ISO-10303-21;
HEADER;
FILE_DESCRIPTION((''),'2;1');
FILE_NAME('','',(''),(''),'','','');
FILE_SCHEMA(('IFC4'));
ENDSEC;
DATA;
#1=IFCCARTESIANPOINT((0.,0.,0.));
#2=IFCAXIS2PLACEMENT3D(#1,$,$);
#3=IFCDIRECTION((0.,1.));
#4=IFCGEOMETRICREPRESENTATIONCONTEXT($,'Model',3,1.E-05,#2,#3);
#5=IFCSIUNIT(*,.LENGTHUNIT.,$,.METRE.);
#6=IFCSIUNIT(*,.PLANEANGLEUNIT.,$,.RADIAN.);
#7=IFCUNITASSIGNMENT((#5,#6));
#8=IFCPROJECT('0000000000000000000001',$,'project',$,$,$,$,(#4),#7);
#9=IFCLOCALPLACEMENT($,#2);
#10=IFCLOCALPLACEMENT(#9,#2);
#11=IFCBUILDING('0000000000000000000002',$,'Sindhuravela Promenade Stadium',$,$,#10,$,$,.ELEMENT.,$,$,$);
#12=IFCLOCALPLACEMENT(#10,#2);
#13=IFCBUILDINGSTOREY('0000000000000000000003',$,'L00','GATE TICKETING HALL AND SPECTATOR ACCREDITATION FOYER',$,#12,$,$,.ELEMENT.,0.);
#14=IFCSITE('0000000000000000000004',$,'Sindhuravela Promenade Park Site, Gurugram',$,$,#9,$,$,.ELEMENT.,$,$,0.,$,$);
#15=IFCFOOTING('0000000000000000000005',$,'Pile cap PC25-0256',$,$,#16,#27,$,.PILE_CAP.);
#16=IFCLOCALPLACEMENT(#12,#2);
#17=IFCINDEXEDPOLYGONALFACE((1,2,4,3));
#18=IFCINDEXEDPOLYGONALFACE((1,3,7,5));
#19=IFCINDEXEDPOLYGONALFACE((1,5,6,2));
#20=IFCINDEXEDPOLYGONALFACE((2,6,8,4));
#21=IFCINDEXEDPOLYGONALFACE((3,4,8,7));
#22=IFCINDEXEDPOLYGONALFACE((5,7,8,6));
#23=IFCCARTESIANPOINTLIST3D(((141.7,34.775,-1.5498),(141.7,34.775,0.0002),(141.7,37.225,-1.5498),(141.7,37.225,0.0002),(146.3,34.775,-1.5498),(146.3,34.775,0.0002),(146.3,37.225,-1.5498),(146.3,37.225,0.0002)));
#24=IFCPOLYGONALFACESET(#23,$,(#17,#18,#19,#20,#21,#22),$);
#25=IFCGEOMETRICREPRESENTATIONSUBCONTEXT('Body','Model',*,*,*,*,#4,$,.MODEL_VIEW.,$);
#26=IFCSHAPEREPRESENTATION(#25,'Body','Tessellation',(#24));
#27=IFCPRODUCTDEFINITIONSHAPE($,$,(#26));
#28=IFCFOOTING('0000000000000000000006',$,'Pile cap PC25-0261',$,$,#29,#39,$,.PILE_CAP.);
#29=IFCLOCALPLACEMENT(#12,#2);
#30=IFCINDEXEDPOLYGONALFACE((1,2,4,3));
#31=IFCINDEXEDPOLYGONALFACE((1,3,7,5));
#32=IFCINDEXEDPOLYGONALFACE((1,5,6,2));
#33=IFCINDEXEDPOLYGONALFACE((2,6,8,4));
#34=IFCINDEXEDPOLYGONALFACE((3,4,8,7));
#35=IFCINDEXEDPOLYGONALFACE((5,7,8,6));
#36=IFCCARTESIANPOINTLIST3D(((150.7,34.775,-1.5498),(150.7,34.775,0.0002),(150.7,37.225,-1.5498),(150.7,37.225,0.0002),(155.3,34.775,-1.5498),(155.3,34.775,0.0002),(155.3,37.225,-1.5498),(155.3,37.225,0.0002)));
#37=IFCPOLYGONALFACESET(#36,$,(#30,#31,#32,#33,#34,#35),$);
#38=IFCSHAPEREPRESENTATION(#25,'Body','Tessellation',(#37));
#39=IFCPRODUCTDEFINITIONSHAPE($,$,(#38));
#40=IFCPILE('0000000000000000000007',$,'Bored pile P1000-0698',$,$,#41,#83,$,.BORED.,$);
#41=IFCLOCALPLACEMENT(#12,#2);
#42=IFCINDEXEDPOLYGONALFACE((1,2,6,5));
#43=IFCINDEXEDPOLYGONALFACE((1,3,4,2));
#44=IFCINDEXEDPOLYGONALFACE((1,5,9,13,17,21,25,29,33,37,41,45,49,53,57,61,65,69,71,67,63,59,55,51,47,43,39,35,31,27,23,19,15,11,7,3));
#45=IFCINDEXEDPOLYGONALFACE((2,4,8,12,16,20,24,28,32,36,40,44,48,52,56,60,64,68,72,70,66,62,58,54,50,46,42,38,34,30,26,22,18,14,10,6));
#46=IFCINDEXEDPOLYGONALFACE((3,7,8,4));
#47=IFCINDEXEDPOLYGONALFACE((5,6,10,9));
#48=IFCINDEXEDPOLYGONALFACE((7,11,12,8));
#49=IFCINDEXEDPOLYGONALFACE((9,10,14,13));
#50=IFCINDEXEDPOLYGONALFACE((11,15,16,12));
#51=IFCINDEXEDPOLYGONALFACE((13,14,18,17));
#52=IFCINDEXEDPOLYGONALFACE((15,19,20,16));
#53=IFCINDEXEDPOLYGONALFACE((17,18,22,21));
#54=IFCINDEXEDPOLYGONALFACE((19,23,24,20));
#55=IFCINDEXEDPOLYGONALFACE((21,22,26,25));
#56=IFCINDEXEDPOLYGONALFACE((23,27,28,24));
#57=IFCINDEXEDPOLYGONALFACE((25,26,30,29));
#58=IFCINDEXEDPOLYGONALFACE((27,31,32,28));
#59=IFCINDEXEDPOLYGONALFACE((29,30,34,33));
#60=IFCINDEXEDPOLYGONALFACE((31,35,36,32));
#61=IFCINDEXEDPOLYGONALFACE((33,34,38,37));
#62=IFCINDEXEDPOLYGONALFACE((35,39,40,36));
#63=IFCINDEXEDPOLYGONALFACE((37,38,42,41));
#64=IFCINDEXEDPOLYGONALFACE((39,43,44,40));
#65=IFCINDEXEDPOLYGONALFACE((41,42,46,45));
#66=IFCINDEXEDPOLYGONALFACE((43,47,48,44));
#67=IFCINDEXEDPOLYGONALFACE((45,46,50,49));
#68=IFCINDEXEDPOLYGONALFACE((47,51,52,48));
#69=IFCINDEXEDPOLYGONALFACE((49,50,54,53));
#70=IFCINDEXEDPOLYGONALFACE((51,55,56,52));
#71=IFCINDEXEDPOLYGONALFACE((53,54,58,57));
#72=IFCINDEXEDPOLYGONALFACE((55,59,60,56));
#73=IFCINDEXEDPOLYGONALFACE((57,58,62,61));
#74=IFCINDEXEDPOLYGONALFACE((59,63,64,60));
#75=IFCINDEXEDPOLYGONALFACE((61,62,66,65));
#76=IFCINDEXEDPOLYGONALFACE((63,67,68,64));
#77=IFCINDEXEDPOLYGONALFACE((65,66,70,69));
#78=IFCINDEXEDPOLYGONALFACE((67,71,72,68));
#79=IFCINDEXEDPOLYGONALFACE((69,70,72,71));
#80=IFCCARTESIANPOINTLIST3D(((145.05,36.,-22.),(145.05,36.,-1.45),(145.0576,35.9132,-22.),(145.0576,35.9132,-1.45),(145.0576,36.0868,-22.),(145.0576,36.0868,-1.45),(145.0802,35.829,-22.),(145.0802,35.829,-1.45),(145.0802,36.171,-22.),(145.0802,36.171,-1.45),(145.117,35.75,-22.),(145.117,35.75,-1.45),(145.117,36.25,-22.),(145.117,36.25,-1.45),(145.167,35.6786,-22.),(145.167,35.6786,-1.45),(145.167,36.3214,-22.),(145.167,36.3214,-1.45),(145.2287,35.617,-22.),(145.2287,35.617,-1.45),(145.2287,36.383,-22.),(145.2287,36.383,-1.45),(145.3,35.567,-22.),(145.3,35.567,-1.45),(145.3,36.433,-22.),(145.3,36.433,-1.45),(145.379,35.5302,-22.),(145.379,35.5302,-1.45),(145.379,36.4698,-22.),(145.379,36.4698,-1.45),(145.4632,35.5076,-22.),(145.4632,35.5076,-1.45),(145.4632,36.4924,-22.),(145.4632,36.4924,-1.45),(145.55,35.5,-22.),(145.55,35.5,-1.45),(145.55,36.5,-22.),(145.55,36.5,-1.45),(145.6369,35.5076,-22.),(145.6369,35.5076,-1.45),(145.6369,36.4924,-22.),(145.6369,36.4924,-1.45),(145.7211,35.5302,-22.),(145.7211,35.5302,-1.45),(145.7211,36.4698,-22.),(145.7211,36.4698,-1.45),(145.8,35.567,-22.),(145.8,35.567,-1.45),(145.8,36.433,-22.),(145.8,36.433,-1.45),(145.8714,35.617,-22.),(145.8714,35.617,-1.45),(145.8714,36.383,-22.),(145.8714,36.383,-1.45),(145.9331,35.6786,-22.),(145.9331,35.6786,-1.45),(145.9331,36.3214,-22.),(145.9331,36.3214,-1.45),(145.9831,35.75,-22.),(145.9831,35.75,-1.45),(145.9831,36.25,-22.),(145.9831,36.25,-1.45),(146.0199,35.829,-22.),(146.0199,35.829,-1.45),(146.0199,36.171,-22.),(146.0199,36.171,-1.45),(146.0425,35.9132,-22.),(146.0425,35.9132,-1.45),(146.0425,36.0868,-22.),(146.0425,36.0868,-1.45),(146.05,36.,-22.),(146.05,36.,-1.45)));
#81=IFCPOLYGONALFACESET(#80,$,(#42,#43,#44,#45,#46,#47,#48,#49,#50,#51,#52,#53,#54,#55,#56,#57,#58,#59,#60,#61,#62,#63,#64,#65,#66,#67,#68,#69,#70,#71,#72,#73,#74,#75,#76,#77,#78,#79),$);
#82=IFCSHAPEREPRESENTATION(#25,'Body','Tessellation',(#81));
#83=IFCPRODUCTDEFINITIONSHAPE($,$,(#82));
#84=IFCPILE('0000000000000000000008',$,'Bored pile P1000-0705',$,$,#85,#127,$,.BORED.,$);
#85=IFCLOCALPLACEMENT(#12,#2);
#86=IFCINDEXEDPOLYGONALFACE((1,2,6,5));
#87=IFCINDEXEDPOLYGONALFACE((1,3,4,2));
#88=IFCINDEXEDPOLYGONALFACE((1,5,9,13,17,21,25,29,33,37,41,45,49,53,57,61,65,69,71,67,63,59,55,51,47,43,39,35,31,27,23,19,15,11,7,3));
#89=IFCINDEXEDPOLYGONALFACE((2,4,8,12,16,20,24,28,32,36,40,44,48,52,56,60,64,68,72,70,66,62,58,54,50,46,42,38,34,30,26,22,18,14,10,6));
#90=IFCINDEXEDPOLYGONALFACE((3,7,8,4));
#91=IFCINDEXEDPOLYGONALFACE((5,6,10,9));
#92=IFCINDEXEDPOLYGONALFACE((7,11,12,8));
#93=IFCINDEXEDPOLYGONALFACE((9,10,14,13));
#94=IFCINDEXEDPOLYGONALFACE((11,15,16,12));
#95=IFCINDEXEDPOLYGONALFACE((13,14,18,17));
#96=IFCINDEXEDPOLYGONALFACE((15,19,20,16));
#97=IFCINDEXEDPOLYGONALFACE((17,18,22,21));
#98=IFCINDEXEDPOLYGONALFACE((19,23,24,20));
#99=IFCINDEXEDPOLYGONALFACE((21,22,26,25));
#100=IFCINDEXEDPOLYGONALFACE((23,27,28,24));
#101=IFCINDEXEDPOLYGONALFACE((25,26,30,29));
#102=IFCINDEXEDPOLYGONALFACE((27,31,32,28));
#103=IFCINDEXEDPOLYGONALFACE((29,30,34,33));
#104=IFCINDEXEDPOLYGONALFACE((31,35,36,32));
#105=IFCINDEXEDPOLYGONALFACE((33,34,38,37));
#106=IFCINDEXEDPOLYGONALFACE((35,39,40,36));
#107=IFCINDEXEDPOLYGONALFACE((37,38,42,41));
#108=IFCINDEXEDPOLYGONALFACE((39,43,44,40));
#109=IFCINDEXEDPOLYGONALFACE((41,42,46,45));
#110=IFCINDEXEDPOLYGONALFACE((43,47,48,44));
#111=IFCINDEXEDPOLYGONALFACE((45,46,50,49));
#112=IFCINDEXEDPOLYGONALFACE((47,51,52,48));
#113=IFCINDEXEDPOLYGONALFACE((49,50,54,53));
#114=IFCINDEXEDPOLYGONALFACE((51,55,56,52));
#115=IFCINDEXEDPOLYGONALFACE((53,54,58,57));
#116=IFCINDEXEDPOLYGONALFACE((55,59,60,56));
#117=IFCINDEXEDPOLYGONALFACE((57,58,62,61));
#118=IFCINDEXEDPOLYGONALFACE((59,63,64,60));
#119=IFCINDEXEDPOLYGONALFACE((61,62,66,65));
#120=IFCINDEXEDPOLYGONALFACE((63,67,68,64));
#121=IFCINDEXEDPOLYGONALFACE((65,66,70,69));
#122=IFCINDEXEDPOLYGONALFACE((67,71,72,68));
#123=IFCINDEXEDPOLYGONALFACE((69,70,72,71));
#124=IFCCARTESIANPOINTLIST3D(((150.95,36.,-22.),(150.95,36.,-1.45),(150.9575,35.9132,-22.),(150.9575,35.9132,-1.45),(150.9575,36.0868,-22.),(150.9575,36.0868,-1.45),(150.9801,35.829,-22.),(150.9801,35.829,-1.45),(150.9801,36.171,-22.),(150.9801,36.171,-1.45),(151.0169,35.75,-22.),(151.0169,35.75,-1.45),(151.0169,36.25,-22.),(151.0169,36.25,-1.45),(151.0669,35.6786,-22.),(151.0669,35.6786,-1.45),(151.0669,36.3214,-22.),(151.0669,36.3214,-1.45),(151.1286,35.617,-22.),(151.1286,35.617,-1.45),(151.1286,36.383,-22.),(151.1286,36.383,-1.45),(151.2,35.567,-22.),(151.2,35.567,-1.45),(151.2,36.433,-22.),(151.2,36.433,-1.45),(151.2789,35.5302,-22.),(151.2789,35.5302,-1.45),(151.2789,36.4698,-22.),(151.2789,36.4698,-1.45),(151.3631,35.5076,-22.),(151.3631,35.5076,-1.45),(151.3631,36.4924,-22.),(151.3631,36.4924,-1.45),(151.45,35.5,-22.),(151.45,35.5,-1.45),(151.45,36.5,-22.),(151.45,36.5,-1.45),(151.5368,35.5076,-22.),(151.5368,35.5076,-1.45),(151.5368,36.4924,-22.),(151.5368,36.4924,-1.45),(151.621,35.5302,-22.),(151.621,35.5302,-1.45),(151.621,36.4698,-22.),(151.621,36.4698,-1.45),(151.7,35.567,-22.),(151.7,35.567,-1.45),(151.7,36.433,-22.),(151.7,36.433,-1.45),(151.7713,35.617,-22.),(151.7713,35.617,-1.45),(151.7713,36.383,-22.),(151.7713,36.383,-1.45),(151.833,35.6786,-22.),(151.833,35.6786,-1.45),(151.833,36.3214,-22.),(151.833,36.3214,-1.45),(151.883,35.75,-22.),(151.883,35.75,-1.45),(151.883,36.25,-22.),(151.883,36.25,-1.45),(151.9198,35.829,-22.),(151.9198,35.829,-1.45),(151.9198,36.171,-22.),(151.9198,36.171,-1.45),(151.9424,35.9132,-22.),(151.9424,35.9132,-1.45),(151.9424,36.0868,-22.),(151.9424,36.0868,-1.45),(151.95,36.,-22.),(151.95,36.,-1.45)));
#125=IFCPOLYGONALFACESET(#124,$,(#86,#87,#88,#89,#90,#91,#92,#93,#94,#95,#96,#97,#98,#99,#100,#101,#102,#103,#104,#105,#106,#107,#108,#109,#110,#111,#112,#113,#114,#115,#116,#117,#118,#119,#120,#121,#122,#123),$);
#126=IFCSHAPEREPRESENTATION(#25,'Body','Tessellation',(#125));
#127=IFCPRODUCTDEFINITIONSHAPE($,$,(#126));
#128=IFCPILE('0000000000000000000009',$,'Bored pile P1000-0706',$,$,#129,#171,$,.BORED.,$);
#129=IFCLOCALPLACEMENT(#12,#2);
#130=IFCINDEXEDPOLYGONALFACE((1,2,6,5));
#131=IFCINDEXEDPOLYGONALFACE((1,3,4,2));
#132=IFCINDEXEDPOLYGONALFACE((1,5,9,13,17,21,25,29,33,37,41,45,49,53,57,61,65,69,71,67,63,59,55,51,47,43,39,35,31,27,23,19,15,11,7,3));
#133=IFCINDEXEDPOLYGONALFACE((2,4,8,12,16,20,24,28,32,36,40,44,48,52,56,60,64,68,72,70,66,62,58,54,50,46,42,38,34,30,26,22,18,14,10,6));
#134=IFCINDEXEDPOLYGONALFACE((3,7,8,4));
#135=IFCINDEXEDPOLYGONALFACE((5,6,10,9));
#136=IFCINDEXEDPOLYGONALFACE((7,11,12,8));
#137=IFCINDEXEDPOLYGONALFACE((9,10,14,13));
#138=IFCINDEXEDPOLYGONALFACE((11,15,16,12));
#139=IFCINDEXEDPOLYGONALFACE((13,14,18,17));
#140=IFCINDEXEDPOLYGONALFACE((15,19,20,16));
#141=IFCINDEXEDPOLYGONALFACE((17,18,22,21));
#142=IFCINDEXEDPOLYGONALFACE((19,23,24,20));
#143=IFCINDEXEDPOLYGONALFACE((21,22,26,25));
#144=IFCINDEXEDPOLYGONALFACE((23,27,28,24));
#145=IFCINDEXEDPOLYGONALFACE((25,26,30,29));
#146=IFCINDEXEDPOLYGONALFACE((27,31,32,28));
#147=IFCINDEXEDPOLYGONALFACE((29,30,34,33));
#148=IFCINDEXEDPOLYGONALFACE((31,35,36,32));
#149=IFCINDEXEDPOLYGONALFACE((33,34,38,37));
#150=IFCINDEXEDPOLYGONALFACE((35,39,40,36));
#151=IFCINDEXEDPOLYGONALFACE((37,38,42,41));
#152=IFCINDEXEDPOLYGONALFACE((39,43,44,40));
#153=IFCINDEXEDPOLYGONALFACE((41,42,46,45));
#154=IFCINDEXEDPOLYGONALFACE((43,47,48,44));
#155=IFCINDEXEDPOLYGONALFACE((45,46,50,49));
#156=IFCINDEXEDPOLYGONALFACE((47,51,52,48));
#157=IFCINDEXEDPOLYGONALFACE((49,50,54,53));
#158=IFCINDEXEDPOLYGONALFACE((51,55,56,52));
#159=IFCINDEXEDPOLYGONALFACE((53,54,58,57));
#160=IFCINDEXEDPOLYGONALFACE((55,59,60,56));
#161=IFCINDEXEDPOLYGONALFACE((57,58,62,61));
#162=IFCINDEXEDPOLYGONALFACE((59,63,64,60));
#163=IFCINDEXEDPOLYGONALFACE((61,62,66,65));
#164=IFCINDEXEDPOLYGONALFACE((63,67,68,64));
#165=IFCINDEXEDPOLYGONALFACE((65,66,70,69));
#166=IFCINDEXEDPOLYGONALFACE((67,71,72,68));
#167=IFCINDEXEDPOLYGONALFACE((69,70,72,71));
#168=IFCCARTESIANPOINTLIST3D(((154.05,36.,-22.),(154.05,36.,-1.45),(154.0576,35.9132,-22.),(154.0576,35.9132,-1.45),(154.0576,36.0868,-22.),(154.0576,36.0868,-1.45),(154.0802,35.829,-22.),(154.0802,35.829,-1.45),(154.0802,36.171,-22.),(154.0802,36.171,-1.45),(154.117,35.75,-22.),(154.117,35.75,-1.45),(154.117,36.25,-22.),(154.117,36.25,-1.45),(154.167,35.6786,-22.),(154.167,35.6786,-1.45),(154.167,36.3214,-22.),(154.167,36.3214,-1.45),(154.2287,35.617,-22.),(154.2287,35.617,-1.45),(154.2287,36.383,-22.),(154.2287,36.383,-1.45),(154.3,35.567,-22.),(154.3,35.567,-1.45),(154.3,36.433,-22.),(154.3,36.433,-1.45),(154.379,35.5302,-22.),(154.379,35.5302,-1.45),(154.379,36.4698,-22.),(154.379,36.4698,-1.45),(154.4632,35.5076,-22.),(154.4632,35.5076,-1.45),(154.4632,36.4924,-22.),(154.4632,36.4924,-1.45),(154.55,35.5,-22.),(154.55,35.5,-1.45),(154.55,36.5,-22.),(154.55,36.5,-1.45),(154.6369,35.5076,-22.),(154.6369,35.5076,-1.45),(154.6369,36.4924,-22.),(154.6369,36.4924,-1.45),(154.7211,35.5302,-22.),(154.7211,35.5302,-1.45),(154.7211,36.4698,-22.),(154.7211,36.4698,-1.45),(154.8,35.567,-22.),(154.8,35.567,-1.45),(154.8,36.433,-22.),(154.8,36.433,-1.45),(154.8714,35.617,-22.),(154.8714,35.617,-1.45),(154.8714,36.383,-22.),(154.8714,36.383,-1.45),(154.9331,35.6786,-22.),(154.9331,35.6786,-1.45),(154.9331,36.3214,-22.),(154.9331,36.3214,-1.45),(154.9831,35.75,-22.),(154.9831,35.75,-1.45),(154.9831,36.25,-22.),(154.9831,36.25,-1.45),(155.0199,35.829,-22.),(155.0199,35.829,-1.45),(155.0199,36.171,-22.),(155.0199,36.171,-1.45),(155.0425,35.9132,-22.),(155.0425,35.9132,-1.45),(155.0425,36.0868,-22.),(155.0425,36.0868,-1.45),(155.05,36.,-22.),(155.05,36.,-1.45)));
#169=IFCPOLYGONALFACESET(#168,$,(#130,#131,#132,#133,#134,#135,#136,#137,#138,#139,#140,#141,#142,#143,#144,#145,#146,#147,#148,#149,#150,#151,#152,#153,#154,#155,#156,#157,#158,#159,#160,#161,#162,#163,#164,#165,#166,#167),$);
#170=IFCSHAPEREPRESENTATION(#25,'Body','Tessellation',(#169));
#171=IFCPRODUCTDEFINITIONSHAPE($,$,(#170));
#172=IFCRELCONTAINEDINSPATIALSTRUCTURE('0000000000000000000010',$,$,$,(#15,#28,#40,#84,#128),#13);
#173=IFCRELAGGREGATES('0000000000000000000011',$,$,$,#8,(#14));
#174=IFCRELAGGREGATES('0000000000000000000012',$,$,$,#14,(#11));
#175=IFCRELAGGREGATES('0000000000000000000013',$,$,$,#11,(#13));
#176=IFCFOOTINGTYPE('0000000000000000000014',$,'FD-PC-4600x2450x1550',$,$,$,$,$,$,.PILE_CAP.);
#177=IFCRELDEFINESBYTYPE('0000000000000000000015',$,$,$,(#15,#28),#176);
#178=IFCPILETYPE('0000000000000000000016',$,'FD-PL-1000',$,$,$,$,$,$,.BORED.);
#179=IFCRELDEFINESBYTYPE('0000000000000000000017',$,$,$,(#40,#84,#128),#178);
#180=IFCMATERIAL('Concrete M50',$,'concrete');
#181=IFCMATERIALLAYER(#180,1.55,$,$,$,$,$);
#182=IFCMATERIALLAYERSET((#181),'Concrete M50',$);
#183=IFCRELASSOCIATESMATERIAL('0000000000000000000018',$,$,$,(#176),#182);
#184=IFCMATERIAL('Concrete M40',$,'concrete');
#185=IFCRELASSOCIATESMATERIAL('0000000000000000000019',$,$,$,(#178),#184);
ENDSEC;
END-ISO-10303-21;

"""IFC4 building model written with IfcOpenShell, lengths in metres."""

from ifc_helpers import new_model, si_unit, direction, frame, origin, origin_2d, place, context, subcontext, project, spatial, rectangle, circle, extrude, material, layer, layer_set, material_profile, profile_set, type_object, element, save


model = new_model("IFC4")

# Units and contexts
model_context = context("Model", 3, precision=1e-05, world=origin(), true_north=direction((0.0, 1.0)))
body_context = subcontext(model_context, "Body", "Model", "MODEL_VIEW")
ifc_project = project(units=[si_unit("LENGTHUNIT", "METRE"), si_unit("PLANEANGLEUNIT", "RADIAN")], contexts=[model_context])

# Site, building, storey
site_placement = place(None, origin())
site = spatial("IfcSite", under=ifc_project, at=site_placement, Name="Sindhuravela Promenade Park Site, Gurugram", CompositionType="ELEMENT", RefElevation=0.0)
building_placement = place(site_placement, origin())
building = spatial("IfcBuilding", under=site, at=building_placement, Name="Sindhuravela Promenade Stadium", CompositionType="ELEMENT")
storey_placement = place(building_placement, origin())
storey = spatial("IfcBuildingStorey", under=building, at=storey_placement, Name="L00", Description="GATE TICKETING HALL AND SPECTATOR ACCREDITATION FOYER", CompositionType="ELEMENT", Elevation=0.0)

# Footings
ifc_material_1 = material(Name="Concrete M50", Category="concrete")
ifc_layer_1 = layer(ifc_material_1, 1.55)
ifc_layer_set_1 = layer_set([ifc_layer_1], Name="Concrete M50")
footing_type = type_object("IfcFootingType", Name="FD-PC-4600x2450x1550", PredefinedType="PILE_CAP", material=ifc_layer_set_1)
for number, where, z_axis, x_axis, name in (
    (1, (144.0, 36.0, -1.5498), (0.0, 0.0, 1.0), (1.0, 0.0, 0.0), "Pile cap PC25-0256"),
    (2, (153.0, 36.0, -1.5498), (0.0, 0.0, 1.0), (1.0, 0.0, 0.0), "Pile cap PC25-0261"),
):
    element("IfcFooting", number, at=place(storey_placement, frame(where, z_axis=z_axis, x_axis=x_axis)), inside=storey, type_object=footing_type, Name=name, PredefinedType="PILE_CAP", context=body_context, shape_type="SweptSolid", body=[
        extrude(rectangle(XDim=4.6001, YDim=2.45, at=origin_2d()), origin(), (0.0, 0.0, 1.0), 1.55),
    ])

# Piles
ifc_material_2 = material(Name="Concrete M40", Category="concrete")
ifc_material_profile_1 = material_profile(ifc_material_2, circle(Radius=0.5, at=origin_2d()), Name="BORED PILE D1000")
ifc_profile_set_1 = profile_set([ifc_material_profile_1], Name="Concrete M40")
pile_type = type_object("IfcPileType", Name="FD-PL-1000", PredefinedType="BORED", material=ifc_profile_set_1)
for number, where, z_axis, x_axis, name in (
    (3, (145.55, 36.0, -1.45), (0.0, 0.0, -1.0), (1.0, 0.0, 0.0), "Bored pile P1000-0698"),
    (4, (151.45, 36.0, -1.45), (0.0, 0.0, -1.0), (1.0, 0.0, 0.0), "Bored pile P1000-0705"),
    (5, (154.55, 36.0, -1.45), (0.0, 0.0, -1.0), (1.0, 0.0, 0.0), "Bored pile P1000-0706"),
):
    element("IfcPile", number, at=place(storey_placement, frame(where, z_axis=z_axis, x_axis=x_axis)), inside=storey, type_object=pile_type, Name=name, PredefinedType="BORED", context=body_context, shape_type="SweptSolid", body=[
        extrude(circle(Radius=0.5, at=origin_2d()), origin(), (0.0, 0.0, 1.0), 20.55),
    ])

save(model, "model.ifc")
